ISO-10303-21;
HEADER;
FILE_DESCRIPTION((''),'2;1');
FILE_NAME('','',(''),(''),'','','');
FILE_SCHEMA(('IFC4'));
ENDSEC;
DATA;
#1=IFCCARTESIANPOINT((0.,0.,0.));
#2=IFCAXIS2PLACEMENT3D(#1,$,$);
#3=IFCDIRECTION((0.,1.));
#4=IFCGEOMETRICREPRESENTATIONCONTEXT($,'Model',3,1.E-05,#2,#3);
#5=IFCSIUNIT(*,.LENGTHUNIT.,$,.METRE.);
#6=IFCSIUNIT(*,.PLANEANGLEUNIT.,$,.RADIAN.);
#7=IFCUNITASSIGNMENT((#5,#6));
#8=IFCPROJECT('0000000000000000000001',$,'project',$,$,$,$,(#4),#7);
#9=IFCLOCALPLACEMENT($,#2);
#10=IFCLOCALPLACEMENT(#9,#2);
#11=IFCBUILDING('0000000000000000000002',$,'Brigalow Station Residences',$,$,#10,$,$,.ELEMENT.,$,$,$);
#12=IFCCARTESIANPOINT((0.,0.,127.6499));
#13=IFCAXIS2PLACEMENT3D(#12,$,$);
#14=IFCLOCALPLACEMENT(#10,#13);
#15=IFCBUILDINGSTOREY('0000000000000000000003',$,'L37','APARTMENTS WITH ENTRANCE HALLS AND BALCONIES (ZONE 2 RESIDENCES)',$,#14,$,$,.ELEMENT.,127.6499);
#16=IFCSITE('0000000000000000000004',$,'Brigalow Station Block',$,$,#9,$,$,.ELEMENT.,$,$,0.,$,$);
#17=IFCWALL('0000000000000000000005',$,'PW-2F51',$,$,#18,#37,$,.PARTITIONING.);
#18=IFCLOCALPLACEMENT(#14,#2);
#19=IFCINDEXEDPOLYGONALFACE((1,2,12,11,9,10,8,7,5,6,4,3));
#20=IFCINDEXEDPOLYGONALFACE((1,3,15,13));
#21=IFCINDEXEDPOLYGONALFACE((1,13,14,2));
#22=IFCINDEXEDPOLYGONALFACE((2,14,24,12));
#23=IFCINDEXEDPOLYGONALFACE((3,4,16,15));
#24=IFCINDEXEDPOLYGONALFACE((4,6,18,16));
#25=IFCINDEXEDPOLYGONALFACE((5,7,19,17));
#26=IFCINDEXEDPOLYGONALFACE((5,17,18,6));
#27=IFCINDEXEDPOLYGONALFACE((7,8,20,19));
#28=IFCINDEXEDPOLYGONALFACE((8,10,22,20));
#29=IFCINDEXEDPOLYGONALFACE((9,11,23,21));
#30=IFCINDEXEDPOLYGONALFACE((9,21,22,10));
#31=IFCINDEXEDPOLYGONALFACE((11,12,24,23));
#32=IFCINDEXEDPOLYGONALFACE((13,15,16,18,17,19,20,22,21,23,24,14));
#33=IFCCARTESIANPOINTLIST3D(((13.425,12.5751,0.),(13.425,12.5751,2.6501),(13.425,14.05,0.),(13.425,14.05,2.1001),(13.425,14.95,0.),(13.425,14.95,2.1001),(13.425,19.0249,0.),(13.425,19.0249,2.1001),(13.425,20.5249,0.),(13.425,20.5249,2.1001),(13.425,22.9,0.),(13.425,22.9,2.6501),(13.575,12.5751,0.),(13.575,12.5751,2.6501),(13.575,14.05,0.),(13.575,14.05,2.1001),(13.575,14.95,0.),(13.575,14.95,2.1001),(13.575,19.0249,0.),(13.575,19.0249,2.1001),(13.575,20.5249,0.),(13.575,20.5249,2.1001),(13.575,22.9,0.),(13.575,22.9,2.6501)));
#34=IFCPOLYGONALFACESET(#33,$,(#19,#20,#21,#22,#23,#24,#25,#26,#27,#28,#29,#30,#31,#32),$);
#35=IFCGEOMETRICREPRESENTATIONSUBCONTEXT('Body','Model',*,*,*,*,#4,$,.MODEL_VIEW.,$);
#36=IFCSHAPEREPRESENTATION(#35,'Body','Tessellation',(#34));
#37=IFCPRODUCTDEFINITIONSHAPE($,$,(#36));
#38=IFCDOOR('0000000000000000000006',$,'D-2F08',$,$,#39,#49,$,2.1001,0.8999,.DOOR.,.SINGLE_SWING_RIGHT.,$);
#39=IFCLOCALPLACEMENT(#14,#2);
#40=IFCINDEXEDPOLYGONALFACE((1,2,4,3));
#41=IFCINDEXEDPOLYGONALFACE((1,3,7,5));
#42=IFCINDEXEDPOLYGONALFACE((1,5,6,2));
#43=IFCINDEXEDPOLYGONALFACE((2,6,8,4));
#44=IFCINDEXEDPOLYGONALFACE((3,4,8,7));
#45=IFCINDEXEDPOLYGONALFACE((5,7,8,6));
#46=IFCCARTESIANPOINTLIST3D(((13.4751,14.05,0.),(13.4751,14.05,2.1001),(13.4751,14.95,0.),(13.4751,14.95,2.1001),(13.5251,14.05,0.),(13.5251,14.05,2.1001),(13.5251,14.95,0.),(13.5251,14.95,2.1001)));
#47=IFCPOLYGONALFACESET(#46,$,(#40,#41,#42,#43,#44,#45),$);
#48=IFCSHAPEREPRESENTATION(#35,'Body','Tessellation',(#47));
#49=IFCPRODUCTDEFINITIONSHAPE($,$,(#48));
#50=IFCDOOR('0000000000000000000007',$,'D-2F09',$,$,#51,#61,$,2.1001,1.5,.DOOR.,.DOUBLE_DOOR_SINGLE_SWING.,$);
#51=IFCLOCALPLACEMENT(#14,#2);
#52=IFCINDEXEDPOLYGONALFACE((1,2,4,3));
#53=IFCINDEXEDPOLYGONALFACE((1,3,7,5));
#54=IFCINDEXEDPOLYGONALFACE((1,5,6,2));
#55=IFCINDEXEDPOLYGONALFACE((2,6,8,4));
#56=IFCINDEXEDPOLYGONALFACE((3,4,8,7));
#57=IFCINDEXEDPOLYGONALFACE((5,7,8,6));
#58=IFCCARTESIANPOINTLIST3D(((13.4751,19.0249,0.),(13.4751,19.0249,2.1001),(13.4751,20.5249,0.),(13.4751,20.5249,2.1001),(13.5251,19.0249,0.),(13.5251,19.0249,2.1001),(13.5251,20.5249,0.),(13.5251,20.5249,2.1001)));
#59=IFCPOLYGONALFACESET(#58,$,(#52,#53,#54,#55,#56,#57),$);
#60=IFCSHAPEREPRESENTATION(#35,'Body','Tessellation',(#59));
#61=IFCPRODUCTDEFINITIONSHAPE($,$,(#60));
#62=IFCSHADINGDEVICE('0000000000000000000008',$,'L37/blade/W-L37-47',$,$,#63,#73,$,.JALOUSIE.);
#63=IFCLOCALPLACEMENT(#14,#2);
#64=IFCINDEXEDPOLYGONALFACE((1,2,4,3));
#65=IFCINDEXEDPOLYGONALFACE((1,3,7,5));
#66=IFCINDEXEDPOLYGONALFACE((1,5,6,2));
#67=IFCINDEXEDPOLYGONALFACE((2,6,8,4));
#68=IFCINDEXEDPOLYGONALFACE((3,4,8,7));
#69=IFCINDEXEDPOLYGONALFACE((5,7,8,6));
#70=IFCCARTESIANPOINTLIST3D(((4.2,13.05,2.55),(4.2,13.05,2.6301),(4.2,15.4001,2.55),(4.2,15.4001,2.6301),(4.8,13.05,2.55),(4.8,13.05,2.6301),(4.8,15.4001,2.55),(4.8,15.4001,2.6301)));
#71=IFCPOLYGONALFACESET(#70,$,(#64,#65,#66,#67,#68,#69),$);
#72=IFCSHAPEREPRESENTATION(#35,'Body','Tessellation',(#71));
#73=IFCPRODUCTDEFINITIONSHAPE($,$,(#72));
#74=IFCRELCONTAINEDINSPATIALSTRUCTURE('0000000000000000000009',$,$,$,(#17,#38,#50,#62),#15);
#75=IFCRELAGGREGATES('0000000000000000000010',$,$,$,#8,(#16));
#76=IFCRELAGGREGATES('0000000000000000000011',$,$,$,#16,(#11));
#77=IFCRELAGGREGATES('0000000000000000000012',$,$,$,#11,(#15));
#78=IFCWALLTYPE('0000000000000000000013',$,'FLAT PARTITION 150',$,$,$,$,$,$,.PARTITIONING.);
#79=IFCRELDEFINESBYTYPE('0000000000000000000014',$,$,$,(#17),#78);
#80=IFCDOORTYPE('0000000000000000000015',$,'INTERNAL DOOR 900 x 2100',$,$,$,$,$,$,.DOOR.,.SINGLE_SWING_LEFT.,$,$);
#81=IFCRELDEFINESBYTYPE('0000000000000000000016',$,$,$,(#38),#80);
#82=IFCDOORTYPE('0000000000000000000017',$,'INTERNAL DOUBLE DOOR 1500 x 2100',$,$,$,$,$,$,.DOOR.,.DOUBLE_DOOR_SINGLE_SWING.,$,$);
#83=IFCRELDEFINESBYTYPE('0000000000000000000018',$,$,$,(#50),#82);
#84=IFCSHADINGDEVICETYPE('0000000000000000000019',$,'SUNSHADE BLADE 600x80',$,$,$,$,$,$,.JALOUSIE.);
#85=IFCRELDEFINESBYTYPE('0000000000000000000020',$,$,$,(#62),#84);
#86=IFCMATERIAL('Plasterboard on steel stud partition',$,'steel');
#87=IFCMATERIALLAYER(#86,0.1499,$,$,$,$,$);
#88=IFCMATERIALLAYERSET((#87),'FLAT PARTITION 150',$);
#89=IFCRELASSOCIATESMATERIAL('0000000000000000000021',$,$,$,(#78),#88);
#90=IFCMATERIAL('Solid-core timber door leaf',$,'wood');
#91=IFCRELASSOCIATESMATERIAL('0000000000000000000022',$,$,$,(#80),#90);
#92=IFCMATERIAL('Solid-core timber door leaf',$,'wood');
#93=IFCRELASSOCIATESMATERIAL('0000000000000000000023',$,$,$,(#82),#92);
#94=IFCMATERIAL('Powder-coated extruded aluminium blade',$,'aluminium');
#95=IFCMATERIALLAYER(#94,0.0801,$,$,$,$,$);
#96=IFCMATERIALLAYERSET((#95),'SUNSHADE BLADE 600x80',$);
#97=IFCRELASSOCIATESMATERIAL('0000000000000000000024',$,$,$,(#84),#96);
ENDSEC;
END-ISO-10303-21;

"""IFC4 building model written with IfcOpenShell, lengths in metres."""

from ifc_helpers import new_model, si_unit, direction, frame, frame_2d, origin, origin_2d, place, context, subcontext, project, spatial, rectangle, extrude, material, layer, layer_set, type_object, element, fill, save


model = new_model("IFC4")

# Units and contexts
model_context = context("Model", 3, precision=1e-05, world=origin(), true_north=direction((0.0, 1.0)))
body_context = subcontext(model_context, "Body", "Model", "MODEL_VIEW")
ifc_project = project(units=[si_unit("LENGTHUNIT", "METRE"), si_unit("PLANEANGLEUNIT", "RADIAN")], contexts=[model_context])

# Site, building, storey
site_placement = place(None, origin())
site = spatial("IfcSite", under=ifc_project, at=site_placement, Name="Brigalow Station Block", CompositionType="ELEMENT", RefElevation=0.0)
building_placement = place(site_placement, origin())
building = spatial("IfcBuilding", under=site, at=building_placement, Name="Brigalow Station Residences", CompositionType="ELEMENT")
storey_placement = place(building_placement, frame((0.0, 0.0, 127.6499)))
storey = spatial("IfcBuildingStorey", under=building, at=storey_placement, Name="L37", Description="APARTMENTS WITH ENTRANCE HALLS AND BALCONIES (ZONE 2 RESIDENCES)", CompositionType="ELEMENT", Elevation=127.6499)

# Shared definitions
ifc_material_1 = material(Name="Plasterboard on steel stud partition", Category="steel")
ifc_layer_1 = layer(ifc_material_1, 0.1499)
ifc_layer_set_1 = layer_set([ifc_layer_1], Name="FLAT PARTITION 150")
wall_type_1 = type_object("IfcWallType", Name="FLAT PARTITION 150", PredefinedType="PARTITIONING", material=ifc_layer_set_1)

# Wall, openings, doors
wall_1_placement = place(storey_placement, frame((13.5, 12.575, 0.0), z_axis=(0.0, 0.0, 1.0), x_axis=(0.0, 1.0, 0.0)))
wall_1 = element("IfcWall", 1, at=wall_1_placement, inside=storey, type_object=wall_type_1, Name="PW-2F51", PredefinedType="PARTITIONING", context=body_context, shape_type="SweptSolid", body=[
    extrude(rectangle(XDim=10.325, YDim=0.1499, at=frame_2d((5.1626, 0.0))), origin(), (0.0, 0.0, 1.0), 2.6501),
])
opening_1_placement = place(wall_1_placement, frame((1.4751, 0.0, 0.0)))
opening_1 = element("IfcOpeningElement", 2, at=opening_1_placement, cuts=wall_1, PredefinedType="OPENING", context=body_context, shape_type="SweptSolid", body=[
    extrude(rectangle(XDim=0.8999, YDim=2.1001, at=frame_2d((0.45, 1.05))), frame((0.0, 0.085, 0.0), z_axis=(0.0, -1.0, 0.0), x_axis=(1.0, 0.0, 0.0)), (0.0, 0.0, 1.0), 0.1699),
])
opening_2_placement = place(wall_1_placement, frame((6.45, 0.0, 0.0)))
opening_2 = element("IfcOpeningElement", 3, at=opening_2_placement, cuts=wall_1, PredefinedType="OPENING", context=body_context, shape_type="SweptSolid", body=[
    extrude(rectangle(XDim=1.5, YDim=2.1001, at=frame_2d((0.75, 1.05))), frame((0.0, 0.085, 0.0), z_axis=(0.0, -1.0, 0.0), x_axis=(1.0, 0.0, 0.0)), (0.0, 0.0, 1.0), 0.1699),
])
ifc_material_2 = material(Name="Solid-core timber door leaf", Category="wood")
door_type_1 = type_object("IfcDoorType", Name="INTERNAL DOOR 900 x 2100", OperationType="SINGLE_SWING_LEFT", PredefinedType="DOOR", material=ifc_material_2)
door_1_placement = place(opening_1_placement, origin())
door_1 = element("IfcDoor", 4, at=door_1_placement, inside=storey, type_object=door_type_1, Name="D-2F08", OperationType="SINGLE_SWING_RIGHT", OverallHeight=2.1001, OverallWidth=0.8999, PredefinedType="DOOR", context=body_context, shape_type="SweptSolid", body=[
    extrude(rectangle(XDim=0.8999, YDim=2.1001, at=frame_2d((0.45, 1.05))), frame((0.0, 0.0249, 0.0), z_axis=(0.0, -1.0, 0.0), x_axis=(1.0, 0.0, 0.0)), (0.0, 0.0, 1.0), 0.05),
])
fill(opening_1, door_1)
ifc_material_3 = material(Name="Solid-core timber door leaf", Category="wood")
door_type_2 = type_object("IfcDoorType", Name="INTERNAL DOUBLE DOOR 1500 x 2100", OperationType="DOUBLE_DOOR_SINGLE_SWING", PredefinedType="DOOR", material=ifc_material_3)
door_2_placement = place(opening_2_placement, origin())
door_2 = element("IfcDoor", 5, at=door_2_placement, inside=storey, type_object=door_type_2, Name="D-2F09", OperationType="DOUBLE_DOOR_SINGLE_SWING", OverallHeight=2.1001, OverallWidth=1.5, PredefinedType="DOOR", context=body_context, shape_type="SweptSolid", body=[
    extrude(rectangle(XDim=1.5, YDim=2.1001, at=frame_2d((0.75, 1.05))), frame((0.0, 0.0249, 0.0), z_axis=(0.0, -1.0, 0.0), x_axis=(1.0, 0.0, 0.0)), (0.0, 0.0, 1.0), 0.05),
])
fill(opening_2, door_2)

# Shading device
ifc_material_4 = material(Name="Powder-coated extruded aluminium blade", Category="aluminium")
ifc_layer_2 = layer(ifc_material_4, 0.0801)
ifc_layer_set_2 = layer_set([ifc_layer_2], Name="SUNSHADE BLADE 600x80")
shading_device_type = type_object("IfcShadingDeviceType", Name="SUNSHADE BLADE 600x80", PredefinedType="JALOUSIE", material=ifc_layer_set_2)
shading_device_placement = place(storey_placement, frame((4.5, 14.2251, 2.55), z_axis=(0.0, 0.0, 1.0), x_axis=(0.0, -1.0, 0.0)))
element("IfcShadingDevice", 6, at=shading_device_placement, inside=storey, type_object=shading_device_type, Name="L37/blade/W-L37-47", PredefinedType="JALOUSIE", context=body_context, shape_type="SweptSolid", body=[
    extrude(rectangle(XDim=2.3501, YDim=0.6001, at=origin_2d()), origin(), (0.0, 0.0, 1.0), 0.0801),
])

save(model, "model.ifc")
